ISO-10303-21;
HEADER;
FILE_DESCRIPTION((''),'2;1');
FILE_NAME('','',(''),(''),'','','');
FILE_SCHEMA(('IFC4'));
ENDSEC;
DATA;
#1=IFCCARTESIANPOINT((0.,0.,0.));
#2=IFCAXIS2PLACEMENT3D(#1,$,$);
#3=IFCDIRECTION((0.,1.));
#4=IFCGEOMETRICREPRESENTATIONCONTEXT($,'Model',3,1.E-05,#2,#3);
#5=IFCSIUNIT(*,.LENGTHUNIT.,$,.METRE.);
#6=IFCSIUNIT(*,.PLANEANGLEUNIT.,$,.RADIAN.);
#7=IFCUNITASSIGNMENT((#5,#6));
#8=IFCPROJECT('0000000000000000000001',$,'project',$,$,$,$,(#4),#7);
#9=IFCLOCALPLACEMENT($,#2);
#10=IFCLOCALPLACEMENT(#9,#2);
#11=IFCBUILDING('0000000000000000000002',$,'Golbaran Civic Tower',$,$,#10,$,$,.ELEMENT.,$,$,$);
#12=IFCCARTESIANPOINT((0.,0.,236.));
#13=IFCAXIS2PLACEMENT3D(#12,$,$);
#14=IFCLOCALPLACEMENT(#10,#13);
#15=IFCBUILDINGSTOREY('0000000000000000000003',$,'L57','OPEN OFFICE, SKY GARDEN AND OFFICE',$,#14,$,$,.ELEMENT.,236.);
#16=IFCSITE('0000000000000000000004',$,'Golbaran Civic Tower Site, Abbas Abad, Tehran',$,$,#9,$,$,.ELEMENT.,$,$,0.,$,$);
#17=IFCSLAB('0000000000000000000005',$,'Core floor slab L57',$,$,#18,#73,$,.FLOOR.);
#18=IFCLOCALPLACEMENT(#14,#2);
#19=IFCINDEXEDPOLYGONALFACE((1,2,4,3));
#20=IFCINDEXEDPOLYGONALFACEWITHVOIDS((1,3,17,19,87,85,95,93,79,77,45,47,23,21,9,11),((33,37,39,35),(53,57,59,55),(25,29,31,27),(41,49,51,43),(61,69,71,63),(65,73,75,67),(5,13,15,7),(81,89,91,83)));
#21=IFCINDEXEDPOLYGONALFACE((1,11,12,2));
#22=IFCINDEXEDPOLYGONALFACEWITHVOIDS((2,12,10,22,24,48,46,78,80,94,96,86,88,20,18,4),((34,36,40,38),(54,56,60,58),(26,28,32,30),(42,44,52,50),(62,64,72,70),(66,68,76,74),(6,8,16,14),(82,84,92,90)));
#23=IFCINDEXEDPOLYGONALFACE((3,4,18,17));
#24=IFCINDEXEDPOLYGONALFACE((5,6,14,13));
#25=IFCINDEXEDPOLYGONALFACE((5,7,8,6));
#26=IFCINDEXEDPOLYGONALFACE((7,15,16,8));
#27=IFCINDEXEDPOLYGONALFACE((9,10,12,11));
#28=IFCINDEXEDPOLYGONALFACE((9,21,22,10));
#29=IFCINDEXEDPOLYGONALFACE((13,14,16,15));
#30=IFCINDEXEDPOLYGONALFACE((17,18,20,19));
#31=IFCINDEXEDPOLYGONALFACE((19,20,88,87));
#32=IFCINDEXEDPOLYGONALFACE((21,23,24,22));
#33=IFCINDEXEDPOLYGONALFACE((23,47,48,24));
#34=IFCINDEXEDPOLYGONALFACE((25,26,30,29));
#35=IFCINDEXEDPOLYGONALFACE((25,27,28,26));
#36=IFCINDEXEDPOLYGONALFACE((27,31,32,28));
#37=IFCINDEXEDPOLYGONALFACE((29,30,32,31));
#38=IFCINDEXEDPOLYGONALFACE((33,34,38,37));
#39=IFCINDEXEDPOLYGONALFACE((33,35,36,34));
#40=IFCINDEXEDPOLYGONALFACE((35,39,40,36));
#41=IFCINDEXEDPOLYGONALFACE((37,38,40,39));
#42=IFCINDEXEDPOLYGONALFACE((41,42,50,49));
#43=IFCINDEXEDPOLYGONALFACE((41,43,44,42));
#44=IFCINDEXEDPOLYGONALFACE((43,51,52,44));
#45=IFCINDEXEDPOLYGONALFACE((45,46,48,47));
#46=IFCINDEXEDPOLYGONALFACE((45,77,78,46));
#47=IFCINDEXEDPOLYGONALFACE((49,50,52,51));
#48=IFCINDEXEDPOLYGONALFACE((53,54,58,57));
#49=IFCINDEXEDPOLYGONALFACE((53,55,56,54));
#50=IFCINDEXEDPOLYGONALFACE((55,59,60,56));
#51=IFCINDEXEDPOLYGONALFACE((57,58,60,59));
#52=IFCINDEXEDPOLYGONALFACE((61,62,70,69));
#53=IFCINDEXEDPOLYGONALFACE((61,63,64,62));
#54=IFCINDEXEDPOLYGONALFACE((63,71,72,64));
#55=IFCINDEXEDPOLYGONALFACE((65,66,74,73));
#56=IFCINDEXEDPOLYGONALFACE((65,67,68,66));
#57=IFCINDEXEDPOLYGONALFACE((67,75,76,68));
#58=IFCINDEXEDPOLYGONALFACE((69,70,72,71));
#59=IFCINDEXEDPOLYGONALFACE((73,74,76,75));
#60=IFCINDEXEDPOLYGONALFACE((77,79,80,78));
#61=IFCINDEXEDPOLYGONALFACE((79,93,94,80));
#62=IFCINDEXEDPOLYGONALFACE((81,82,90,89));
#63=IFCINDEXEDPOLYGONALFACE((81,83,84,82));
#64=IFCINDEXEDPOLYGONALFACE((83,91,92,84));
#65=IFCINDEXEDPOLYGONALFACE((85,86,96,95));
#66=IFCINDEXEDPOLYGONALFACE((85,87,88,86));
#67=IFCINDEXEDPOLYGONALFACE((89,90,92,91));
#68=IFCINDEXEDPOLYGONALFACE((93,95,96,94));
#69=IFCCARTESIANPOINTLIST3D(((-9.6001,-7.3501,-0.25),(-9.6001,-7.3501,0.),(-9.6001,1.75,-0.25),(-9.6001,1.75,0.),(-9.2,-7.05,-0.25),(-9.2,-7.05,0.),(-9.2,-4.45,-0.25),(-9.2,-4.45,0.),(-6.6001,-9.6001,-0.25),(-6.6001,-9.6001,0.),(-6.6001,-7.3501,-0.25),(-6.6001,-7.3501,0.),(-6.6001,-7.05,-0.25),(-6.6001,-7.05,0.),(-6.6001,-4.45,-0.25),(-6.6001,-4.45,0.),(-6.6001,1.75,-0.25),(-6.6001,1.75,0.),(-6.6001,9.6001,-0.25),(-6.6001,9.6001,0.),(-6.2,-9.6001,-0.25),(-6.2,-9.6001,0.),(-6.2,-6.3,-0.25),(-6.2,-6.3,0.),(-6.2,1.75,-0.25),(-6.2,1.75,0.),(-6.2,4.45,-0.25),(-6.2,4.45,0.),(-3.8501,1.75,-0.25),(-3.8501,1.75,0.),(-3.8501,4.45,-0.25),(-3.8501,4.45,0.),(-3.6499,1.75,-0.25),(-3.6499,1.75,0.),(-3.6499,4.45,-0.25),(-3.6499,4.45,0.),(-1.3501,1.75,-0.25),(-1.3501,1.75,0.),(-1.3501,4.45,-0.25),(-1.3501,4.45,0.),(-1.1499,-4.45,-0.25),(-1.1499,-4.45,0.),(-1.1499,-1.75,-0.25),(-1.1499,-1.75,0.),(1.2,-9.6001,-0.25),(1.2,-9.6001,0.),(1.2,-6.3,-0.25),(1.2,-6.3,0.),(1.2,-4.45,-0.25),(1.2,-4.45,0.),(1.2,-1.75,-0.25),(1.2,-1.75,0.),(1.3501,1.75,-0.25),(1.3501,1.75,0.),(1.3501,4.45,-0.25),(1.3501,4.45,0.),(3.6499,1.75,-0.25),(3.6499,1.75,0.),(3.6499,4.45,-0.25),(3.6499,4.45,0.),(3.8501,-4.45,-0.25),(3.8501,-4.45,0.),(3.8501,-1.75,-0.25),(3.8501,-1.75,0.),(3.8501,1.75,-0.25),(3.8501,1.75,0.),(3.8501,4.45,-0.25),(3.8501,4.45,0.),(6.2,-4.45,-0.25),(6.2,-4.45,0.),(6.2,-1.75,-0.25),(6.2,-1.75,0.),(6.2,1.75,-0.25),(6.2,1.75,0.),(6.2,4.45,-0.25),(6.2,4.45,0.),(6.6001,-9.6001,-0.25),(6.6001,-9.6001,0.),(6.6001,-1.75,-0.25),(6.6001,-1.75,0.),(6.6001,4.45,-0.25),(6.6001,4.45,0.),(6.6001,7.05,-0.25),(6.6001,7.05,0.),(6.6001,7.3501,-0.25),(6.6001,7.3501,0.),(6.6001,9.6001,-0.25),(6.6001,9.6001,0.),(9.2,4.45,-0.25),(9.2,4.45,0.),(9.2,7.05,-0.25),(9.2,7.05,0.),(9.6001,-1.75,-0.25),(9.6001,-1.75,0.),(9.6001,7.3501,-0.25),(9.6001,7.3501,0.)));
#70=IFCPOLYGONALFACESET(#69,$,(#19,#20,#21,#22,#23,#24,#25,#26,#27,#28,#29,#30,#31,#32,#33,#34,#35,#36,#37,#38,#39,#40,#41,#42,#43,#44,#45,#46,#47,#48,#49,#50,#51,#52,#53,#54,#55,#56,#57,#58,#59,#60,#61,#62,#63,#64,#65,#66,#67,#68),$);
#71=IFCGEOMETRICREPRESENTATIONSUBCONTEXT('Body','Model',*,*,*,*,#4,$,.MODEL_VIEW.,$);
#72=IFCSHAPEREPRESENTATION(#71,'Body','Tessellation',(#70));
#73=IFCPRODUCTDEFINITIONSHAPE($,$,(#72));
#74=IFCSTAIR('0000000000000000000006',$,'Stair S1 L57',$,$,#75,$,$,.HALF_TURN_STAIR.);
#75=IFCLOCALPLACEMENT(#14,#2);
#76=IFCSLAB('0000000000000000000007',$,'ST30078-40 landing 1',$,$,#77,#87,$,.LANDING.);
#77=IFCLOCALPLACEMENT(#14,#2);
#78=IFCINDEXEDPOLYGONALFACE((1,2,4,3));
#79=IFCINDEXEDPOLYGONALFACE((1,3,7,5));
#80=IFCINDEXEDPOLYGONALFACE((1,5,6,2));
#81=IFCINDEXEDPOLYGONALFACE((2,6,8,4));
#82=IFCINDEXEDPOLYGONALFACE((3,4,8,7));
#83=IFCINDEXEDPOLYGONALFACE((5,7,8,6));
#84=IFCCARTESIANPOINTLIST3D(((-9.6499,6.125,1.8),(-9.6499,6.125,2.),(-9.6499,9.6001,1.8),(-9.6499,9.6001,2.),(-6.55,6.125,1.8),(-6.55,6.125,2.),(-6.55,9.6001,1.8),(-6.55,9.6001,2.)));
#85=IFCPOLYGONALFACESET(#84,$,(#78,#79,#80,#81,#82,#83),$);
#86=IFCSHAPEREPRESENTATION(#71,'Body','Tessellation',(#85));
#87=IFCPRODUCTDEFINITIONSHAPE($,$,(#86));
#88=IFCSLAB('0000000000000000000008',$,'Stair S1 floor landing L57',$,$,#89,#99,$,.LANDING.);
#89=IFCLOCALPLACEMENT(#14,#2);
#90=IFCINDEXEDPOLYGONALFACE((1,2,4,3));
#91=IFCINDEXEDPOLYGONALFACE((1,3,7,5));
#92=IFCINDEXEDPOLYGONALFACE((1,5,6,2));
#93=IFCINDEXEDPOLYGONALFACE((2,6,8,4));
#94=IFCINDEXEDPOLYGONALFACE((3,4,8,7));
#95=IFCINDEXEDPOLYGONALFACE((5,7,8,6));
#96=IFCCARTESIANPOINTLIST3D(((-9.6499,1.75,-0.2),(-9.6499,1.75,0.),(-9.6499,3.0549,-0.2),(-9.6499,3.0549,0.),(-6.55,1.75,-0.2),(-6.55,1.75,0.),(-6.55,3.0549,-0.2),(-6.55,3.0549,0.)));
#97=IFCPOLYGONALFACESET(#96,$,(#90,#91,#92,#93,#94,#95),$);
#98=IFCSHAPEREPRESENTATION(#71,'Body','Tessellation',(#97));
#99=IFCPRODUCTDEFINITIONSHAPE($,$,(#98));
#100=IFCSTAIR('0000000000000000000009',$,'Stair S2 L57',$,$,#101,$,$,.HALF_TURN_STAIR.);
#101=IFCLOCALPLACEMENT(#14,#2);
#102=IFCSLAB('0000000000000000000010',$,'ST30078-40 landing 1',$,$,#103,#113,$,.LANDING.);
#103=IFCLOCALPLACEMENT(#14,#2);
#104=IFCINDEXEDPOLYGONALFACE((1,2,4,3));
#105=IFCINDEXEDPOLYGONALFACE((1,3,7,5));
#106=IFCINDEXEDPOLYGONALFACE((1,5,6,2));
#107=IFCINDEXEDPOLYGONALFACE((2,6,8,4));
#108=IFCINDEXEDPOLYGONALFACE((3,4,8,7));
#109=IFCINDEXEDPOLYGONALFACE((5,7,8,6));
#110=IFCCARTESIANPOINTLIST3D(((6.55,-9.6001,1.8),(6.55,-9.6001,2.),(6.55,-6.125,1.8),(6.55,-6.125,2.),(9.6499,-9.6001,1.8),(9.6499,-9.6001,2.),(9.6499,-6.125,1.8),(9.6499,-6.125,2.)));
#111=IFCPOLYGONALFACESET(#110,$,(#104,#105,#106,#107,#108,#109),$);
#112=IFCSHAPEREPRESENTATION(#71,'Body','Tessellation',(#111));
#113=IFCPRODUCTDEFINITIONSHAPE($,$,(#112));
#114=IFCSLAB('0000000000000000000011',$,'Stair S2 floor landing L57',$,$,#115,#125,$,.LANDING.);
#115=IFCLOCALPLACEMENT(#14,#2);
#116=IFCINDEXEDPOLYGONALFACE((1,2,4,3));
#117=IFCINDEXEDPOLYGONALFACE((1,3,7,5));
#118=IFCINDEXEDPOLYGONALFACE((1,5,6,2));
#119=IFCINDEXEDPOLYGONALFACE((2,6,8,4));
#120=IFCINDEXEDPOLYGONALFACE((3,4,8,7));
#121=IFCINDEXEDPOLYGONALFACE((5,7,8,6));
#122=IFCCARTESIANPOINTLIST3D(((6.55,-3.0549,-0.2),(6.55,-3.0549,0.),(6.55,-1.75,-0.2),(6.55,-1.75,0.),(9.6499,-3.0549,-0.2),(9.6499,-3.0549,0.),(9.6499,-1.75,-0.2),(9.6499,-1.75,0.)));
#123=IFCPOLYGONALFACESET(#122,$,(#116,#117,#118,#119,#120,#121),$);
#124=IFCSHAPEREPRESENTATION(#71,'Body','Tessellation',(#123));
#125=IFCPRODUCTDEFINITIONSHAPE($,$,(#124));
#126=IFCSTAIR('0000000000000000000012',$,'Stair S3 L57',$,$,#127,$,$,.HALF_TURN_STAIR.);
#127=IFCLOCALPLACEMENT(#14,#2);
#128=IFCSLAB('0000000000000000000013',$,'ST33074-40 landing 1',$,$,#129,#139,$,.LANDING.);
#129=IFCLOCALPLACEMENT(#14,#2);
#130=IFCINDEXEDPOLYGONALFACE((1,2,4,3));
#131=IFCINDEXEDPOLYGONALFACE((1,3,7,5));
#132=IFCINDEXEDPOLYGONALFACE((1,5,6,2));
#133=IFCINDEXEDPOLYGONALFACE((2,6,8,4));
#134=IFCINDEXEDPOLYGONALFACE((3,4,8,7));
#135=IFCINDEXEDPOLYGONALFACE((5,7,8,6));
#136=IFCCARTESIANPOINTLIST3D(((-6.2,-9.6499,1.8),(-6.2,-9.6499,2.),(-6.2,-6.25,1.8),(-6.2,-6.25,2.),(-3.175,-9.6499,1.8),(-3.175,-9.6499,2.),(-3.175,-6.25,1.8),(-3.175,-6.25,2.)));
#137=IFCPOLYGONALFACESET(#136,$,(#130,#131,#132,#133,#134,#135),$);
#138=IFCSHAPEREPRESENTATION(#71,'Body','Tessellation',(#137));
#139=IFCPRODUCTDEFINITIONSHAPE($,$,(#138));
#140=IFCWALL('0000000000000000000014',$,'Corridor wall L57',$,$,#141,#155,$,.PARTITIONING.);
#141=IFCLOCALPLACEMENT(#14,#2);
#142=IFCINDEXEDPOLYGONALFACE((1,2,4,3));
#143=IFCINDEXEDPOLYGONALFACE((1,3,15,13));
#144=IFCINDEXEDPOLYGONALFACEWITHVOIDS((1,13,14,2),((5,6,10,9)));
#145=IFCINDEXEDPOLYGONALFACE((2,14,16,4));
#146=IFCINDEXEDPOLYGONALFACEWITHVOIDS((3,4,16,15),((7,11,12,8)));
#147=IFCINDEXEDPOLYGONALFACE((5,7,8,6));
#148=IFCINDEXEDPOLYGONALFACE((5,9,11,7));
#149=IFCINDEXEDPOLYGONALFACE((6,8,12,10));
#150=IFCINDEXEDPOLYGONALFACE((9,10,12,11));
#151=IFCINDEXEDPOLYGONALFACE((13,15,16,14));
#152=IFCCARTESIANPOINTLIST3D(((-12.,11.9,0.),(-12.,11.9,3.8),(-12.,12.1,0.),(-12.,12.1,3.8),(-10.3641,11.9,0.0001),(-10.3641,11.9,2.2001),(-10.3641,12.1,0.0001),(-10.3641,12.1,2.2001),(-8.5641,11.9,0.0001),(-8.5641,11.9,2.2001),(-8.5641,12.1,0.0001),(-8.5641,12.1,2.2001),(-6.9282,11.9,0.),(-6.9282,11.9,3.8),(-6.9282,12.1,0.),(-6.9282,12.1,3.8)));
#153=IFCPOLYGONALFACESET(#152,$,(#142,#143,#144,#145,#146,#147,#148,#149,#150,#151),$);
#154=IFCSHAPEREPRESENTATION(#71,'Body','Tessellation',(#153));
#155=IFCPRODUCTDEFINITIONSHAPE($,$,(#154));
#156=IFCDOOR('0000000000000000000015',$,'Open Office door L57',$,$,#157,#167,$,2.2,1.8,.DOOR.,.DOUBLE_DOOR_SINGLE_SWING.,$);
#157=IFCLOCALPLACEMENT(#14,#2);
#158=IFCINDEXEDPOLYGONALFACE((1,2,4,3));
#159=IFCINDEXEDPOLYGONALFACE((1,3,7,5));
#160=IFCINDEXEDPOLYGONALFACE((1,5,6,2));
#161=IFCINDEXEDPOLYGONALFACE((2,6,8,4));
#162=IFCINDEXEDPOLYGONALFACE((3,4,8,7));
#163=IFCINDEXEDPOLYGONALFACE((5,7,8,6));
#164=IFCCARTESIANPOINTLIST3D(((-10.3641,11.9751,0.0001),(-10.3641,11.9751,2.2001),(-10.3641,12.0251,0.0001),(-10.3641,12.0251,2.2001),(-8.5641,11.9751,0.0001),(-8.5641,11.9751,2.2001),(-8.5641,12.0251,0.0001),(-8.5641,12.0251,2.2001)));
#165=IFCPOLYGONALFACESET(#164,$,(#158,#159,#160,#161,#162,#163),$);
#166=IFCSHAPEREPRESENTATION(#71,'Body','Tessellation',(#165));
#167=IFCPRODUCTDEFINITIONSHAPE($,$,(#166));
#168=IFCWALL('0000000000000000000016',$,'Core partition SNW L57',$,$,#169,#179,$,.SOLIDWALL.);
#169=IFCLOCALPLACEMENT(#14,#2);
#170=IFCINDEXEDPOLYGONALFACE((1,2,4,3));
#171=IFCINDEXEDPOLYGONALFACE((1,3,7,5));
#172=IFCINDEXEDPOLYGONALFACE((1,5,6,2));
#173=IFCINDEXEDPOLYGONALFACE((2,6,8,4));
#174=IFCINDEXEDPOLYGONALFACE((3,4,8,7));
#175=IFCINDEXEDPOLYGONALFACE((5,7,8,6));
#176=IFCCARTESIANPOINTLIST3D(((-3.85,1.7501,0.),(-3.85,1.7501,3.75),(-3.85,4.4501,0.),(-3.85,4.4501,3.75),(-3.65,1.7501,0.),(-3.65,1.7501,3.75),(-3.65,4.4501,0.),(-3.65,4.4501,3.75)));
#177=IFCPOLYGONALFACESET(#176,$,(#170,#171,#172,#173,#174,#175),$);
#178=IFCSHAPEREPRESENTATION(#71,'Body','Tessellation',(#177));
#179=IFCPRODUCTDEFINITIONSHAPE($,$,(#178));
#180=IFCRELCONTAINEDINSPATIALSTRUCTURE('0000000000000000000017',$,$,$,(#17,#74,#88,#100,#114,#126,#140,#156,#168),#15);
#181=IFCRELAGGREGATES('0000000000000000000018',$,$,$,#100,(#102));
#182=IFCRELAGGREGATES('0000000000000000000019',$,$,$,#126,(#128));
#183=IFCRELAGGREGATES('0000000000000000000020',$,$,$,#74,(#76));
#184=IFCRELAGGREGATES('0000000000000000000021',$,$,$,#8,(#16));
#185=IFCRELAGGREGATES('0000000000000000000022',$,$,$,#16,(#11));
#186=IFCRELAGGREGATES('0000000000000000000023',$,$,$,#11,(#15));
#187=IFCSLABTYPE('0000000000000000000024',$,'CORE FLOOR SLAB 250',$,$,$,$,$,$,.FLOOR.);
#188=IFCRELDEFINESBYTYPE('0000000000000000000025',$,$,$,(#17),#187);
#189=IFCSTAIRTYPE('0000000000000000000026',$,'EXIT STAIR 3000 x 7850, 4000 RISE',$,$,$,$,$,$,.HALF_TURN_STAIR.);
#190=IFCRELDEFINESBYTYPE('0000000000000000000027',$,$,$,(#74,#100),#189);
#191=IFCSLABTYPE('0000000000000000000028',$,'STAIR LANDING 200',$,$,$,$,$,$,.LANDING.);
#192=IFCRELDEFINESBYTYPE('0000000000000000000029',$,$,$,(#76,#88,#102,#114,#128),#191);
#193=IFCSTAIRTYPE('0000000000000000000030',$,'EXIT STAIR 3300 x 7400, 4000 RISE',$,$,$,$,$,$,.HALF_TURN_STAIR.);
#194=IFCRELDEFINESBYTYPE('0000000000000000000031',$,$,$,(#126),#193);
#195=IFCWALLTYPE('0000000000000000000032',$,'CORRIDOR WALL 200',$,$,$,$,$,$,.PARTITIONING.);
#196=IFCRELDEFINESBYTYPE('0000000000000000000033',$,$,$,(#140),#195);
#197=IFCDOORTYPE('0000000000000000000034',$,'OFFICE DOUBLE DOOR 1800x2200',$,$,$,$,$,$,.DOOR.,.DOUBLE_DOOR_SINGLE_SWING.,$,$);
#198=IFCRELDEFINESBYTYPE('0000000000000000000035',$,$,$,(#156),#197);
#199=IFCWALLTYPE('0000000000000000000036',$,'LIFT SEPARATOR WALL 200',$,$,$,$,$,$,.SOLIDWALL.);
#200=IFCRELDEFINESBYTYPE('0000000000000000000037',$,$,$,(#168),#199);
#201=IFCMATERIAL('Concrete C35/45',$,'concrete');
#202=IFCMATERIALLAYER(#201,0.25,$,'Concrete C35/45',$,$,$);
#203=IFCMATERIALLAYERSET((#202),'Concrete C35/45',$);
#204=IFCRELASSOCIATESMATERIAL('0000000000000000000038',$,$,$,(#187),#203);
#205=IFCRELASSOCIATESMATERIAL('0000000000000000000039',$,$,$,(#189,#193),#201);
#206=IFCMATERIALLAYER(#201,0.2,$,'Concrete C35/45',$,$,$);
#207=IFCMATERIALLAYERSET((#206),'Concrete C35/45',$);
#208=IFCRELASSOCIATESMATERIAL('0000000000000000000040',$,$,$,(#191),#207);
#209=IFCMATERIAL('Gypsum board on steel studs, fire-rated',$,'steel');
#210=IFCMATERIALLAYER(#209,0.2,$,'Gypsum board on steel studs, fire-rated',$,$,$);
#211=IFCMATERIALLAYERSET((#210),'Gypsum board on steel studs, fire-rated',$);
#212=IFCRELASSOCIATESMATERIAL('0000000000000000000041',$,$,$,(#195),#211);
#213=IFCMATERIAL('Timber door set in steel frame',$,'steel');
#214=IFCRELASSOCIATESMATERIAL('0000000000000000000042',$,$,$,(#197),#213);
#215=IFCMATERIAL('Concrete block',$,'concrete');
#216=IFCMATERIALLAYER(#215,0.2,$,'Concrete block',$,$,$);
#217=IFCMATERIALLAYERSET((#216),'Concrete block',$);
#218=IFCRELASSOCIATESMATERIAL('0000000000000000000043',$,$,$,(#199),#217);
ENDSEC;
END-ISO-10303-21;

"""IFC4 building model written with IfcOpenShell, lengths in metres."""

from ifc_helpers import new_model, si_unit, direction, frame, frame_2d, origin, place, context, subcontext, project, spatial, polyline, rectangle, outline, extrude, material, layer, layer_set, type_object, element, fill, aggregate, save


model = new_model("IFC4")

# Units and contexts
model_context = context("Model", 3, precision=1e-05, world=origin(), true_north=direction((0.0, 1.0)))
body_context = subcontext(model_context, "Body", "Model", "MODEL_VIEW")
ifc_project = project(units=[si_unit("LENGTHUNIT", "METRE"), si_unit("PLANEANGLEUNIT", "RADIAN")], contexts=[model_context])

# Site, building, storey
site_placement = place(None, origin())
site = spatial("IfcSite", under=ifc_project, at=site_placement, Name="Golbaran Civic Tower Site, Abbas Abad, Tehran", CompositionType="ELEMENT", RefElevation=0.0)
building_placement = place(site_placement, origin())
building = spatial("IfcBuilding", under=site, at=building_placement, Name="Golbaran Civic Tower", CompositionType="ELEMENT")
storey_placement = place(building_placement, frame((0.0, 0.0, 236.0)))
storey = spatial("IfcBuildingStorey", under=building, at=storey_placement, Name="L57", Description="OPEN OFFICE, SKY GARDEN AND OFFICE", CompositionType="ELEMENT", Elevation=236.0)

# Slab
ifc_material_1 = material(Name="Concrete C35/45", Category="concrete")
ifc_layer_1 = layer(ifc_material_1, 0.25, Name="Concrete C35/45")
ifc_layer_set_1 = layer_set([ifc_layer_1], Name="Concrete C35/45")
slab_type_1 = type_object("IfcSlabType", Name="CORE FLOOR SLAB 250", PredefinedType="FLOOR", material=ifc_layer_set_1)
slab_1_placement = place(storey_placement, frame((0.0, 0.0, -0.25)))
element("IfcSlab", 1, at=slab_1_placement, inside=storey, type_object=slab_type_1, Name="Core floor slab L57", PredefinedType="FLOOR", context=body_context, shape_type="SweptSolid", body=[
    extrude(outline(polyline([(6.6001, -1.75), (6.6001, -9.6001), (1.2, -9.6001), (1.2, -6.3), (-6.2, -6.3), (-6.2, -9.6001), (-6.6001, -9.6001), (-6.6001, -7.3501), (-9.6001, -7.3501), (-9.6001, 1.75), (-6.6001, 1.75), (-6.6001, 9.6001), (6.6001, 9.6001), (6.6001, 7.3501), (9.6001, 7.3501), (9.6001, -1.75), (6.6001, -1.75)]), holes=[polyline([(9.2, 7.05), (6.6001, 7.05), (6.6001, 4.45), (9.2, 4.45), (9.2, 7.05)]), polyline([(6.2, -1.75), (3.8501, -1.75), (3.8501, -4.45), (6.2, -4.45), (6.2, -1.75)]), polyline([(6.2, 4.45), (3.8501, 4.45), (3.8501, 1.75), (6.2, 1.75), (6.2, 4.45)]), polyline([(3.6499, 4.45), (1.3501, 4.45), (1.3501, 1.75), (3.6499, 1.75), (3.6499, 4.45)]), polyline([(-1.1499, -1.75), (-1.1499, -4.45), (1.2, -4.45), (1.2, -1.75), (-1.1499, -1.75)]), polyline([(-1.3501, 4.45), (-3.6499, 4.45), (-3.6499, 1.75), (-1.3501, 1.75), (-1.3501, 4.45)]), polyline([(-3.8501, 4.45), (-6.2, 4.45), (-6.2, 1.75), (-3.8501, 1.75), (-3.8501, 4.45)]), polyline([(-6.6001, -4.45), (-9.2, -4.45), (-9.2, -7.05), (-6.6001, -7.05), (-6.6001, -4.45)])]), origin(), (0.0, 0.0, 1.0), 0.25),
])

# Stair, slab
stair_type_1 = type_object("IfcStairType", Name="EXIT STAIR 3000 x 7850, 4000 RISE", PredefinedType="HALF_TURN_STAIR", material=ifc_material_1)
stair_1_placement = place(storey_placement, origin())
stair_1 = element("IfcStair", 2, at=stair_1_placement, inside=storey, type_object=stair_type_1, Name="Stair S1 L57", PredefinedType="HALF_TURN_STAIR")
ifc_layer_2 = layer(ifc_material_1, 0.2, Name="Concrete C35/45")
ifc_layer_set_2 = layer_set([ifc_layer_2], Name="Concrete C35/45")
slab_type_2 = type_object("IfcSlabType", Name="STAIR LANDING 200", PredefinedType="LANDING", material=ifc_layer_set_2)
slab_2_placement = place(storey_placement, frame((0.0, 0.0, 1.8)))
slab_2 = element("IfcSlab", 3, at=slab_2_placement, type_object=slab_type_2, Name="ST30078-40 landing 1", PredefinedType="LANDING", context=body_context, shape_type="SweptSolid", body=[
    extrude(outline(polyline([(-9.6499, 6.125), (-9.6499, 9.6001), (-6.55, 9.6001), (-6.55, 6.125), (-9.6499, 6.125)])), origin(), (0.0, 0.0, 1.0), 0.2),
])

# Slab
slab_3_placement = place(storey_placement, frame((0.0, 0.0, -0.2)))
element("IfcSlab", 4, at=slab_3_placement, inside=storey, type_object=slab_type_2, Name="Stair S1 floor landing L57", PredefinedType="LANDING", context=body_context, shape_type="SweptSolid", body=[
    extrude(outline(polyline([(-9.6499, 1.75), (-9.6499, 3.0549), (-6.55, 3.0549), (-6.55, 1.75), (-9.6499, 1.75)])), origin(), (0.0, 0.0, 1.0), 0.2),
])

# Stair, slab
stair_2_placement = place(storey_placement, origin())
stair_2 = element("IfcStair", 5, at=stair_2_placement, inside=storey, type_object=stair_type_1, Name="Stair S2 L57", PredefinedType="HALF_TURN_STAIR")
slab_4_placement = place(storey_placement, frame((0.0, 0.0, 1.8)))
slab_4 = element("IfcSlab", 6, at=slab_4_placement, type_object=slab_type_2, Name="ST30078-40 landing 1", PredefinedType="LANDING", context=body_context, shape_type="SweptSolid", body=[
    extrude(outline(polyline([(9.6499, -6.125), (9.6499, -9.6001), (6.55, -9.6001), (6.55, -6.125), (9.6499, -6.125)])), origin(), (0.0, 0.0, 1.0), 0.2),
])
aggregate(stair_2, [slab_4])

# Slab
slab_5_placement = place(storey_placement, frame((0.0, 0.0, -0.2)))
element("IfcSlab", 7, at=slab_5_placement, inside=storey, type_object=slab_type_2, Name="Stair S2 floor landing L57", PredefinedType="LANDING", context=body_context, shape_type="SweptSolid", body=[
    extrude(outline(polyline([(9.6499, -1.75), (9.6499, -3.0549), (6.55, -3.0549), (6.55, -1.75), (9.6499, -1.75)])), origin(), (0.0, 0.0, 1.0), 0.2),
])

# Stair, slab
stair_type_2 = type_object("IfcStairType", Name="EXIT STAIR 3300 x 7400, 4000 RISE", PredefinedType="HALF_TURN_STAIR", material=ifc_material_1)
stair_3_placement = place(storey_placement, origin())
stair_3 = element("IfcStair", 8, at=stair_3_placement, inside=storey, type_object=stair_type_2, Name="Stair S3 L57", PredefinedType="HALF_TURN_STAIR")
slab_6_placement = place(storey_placement, frame((0.0, 0.0, 1.8)))
slab_6 = element("IfcSlab", 9, at=slab_6_placement, type_object=slab_type_2, Name="ST33074-40 landing 1", PredefinedType="LANDING", context=body_context, shape_type="SweptSolid", body=[
    extrude(outline(polyline([(-3.175, -9.6499), (-6.2, -9.6499), (-6.2, -6.25), (-3.175, -6.25), (-3.175, -9.6499)])), origin(), (0.0, 0.0, 1.0), 0.2),
])
aggregate(stair_3, [slab_6])

# Wall, opening, door
ifc_material_2 = material(Name="Gypsum board on steel studs, fire-rated", Category="steel")
ifc_layer_3 = layer(ifc_material_2, 0.2, Name="Gypsum board on steel studs, fire-rated")
ifc_layer_set_3 = layer_set([ifc_layer_3], Name="Gypsum board on steel studs, fire-rated")
wall_type_1 = type_object("IfcWallType", Name="CORRIDOR WALL 200", PredefinedType="PARTITIONING", material=ifc_layer_set_3)
wall_1_placement = place(storey_placement, frame((-6.9282, 12.0, 0.0), z_axis=(0.0, 0.0, 1.0), x_axis=(-1.0, 0.0, 0.0)))
wall_1 = element("IfcWall", 10, at=wall_1_placement, inside=storey, type_object=wall_type_1, Name="Corridor wall L57", PredefinedType="PARTITIONING", context=body_context, shape_type="SweptSolid", body=[
    extrude(rectangle(XDim=5.0718, YDim=0.2, at=frame_2d((2.5359, 0.0))), origin(), (0.0, 0.0, 1.0), 3.8),
])
opening_1_placement = place(wall_1_placement, frame((1.636, 0.0, 0.0)))
opening_1 = element("IfcOpeningElement", 11, at=opening_1_placement, cuts=wall_1, PredefinedType="OPENING", context=body_context, shape_type="SweptSolid", body=[
    extrude(rectangle(XDim=1.8, YDim=2.2, at=frame_2d((0.8999, 1.1001))), frame((0.0, 0.1099, 0.0), z_axis=(0.0, -1.0, 0.0), x_axis=(1.0, 0.0, 0.0)), (0.0, 0.0, 1.0), 0.22),
])
ifc_material_3 = material(Name="Timber door set in steel frame", Category="steel")
door_type_1 = type_object("IfcDoorType", Name="OFFICE DOUBLE DOOR 1800x2200", OperationType="DOUBLE_DOOR_SINGLE_SWING", PredefinedType="DOOR", material=ifc_material_3)
door_1_placement = place(opening_1_placement, origin())
door_1 = element("IfcDoor", 12, at=door_1_placement, inside=storey, type_object=door_type_1, Name="Open Office door L57", OperationType="DOUBLE_DOOR_SINGLE_SWING", OverallHeight=2.2, OverallWidth=1.8, PredefinedType="DOOR", context=body_context, shape_type="SweptSolid", body=[
    extrude(rectangle(XDim=1.8, YDim=2.2, at=frame_2d((0.8999, 1.1001))), frame((0.0, 0.0249, 0.0), z_axis=(0.0, -1.0, 0.0), x_axis=(1.0, 0.0, 0.0)), (0.0, 0.0, 1.0), 0.05),
])
fill(opening_1, door_1)

# Wall
ifc_material_4 = material(Name="Concrete block", Category="concrete")
ifc_layer_4 = layer(ifc_material_4, 0.2, Name="Concrete block")
ifc_layer_set_4 = layer_set([ifc_layer_4], Name="Concrete block")
wall_type_2 = type_object("IfcWallType", Name="LIFT SEPARATOR WALL 200", PredefinedType="SOLIDWALL", material=ifc_layer_set_4)
wall_2_placement = place(storey_placement, frame((-3.75, 1.75, 0.0), z_axis=(0.0, 0.0, 1.0), x_axis=(0.0, 1.0, 0.0)))
element("IfcWall", 13, at=wall_2_placement, inside=storey, type_object=wall_type_2, Name="Core partition SNW L57", PredefinedType="SOLIDWALL", context=body_context, shape_type="SweptSolid", body=[
    extrude(rectangle(XDim=2.7, YDim=0.2, at=frame_2d((1.3501, 0.0))), origin(), (0.0, 0.0, 1.0), 3.75),
])

aggregate(stair_1, [slab_2])

save(model, "model.ifc")
